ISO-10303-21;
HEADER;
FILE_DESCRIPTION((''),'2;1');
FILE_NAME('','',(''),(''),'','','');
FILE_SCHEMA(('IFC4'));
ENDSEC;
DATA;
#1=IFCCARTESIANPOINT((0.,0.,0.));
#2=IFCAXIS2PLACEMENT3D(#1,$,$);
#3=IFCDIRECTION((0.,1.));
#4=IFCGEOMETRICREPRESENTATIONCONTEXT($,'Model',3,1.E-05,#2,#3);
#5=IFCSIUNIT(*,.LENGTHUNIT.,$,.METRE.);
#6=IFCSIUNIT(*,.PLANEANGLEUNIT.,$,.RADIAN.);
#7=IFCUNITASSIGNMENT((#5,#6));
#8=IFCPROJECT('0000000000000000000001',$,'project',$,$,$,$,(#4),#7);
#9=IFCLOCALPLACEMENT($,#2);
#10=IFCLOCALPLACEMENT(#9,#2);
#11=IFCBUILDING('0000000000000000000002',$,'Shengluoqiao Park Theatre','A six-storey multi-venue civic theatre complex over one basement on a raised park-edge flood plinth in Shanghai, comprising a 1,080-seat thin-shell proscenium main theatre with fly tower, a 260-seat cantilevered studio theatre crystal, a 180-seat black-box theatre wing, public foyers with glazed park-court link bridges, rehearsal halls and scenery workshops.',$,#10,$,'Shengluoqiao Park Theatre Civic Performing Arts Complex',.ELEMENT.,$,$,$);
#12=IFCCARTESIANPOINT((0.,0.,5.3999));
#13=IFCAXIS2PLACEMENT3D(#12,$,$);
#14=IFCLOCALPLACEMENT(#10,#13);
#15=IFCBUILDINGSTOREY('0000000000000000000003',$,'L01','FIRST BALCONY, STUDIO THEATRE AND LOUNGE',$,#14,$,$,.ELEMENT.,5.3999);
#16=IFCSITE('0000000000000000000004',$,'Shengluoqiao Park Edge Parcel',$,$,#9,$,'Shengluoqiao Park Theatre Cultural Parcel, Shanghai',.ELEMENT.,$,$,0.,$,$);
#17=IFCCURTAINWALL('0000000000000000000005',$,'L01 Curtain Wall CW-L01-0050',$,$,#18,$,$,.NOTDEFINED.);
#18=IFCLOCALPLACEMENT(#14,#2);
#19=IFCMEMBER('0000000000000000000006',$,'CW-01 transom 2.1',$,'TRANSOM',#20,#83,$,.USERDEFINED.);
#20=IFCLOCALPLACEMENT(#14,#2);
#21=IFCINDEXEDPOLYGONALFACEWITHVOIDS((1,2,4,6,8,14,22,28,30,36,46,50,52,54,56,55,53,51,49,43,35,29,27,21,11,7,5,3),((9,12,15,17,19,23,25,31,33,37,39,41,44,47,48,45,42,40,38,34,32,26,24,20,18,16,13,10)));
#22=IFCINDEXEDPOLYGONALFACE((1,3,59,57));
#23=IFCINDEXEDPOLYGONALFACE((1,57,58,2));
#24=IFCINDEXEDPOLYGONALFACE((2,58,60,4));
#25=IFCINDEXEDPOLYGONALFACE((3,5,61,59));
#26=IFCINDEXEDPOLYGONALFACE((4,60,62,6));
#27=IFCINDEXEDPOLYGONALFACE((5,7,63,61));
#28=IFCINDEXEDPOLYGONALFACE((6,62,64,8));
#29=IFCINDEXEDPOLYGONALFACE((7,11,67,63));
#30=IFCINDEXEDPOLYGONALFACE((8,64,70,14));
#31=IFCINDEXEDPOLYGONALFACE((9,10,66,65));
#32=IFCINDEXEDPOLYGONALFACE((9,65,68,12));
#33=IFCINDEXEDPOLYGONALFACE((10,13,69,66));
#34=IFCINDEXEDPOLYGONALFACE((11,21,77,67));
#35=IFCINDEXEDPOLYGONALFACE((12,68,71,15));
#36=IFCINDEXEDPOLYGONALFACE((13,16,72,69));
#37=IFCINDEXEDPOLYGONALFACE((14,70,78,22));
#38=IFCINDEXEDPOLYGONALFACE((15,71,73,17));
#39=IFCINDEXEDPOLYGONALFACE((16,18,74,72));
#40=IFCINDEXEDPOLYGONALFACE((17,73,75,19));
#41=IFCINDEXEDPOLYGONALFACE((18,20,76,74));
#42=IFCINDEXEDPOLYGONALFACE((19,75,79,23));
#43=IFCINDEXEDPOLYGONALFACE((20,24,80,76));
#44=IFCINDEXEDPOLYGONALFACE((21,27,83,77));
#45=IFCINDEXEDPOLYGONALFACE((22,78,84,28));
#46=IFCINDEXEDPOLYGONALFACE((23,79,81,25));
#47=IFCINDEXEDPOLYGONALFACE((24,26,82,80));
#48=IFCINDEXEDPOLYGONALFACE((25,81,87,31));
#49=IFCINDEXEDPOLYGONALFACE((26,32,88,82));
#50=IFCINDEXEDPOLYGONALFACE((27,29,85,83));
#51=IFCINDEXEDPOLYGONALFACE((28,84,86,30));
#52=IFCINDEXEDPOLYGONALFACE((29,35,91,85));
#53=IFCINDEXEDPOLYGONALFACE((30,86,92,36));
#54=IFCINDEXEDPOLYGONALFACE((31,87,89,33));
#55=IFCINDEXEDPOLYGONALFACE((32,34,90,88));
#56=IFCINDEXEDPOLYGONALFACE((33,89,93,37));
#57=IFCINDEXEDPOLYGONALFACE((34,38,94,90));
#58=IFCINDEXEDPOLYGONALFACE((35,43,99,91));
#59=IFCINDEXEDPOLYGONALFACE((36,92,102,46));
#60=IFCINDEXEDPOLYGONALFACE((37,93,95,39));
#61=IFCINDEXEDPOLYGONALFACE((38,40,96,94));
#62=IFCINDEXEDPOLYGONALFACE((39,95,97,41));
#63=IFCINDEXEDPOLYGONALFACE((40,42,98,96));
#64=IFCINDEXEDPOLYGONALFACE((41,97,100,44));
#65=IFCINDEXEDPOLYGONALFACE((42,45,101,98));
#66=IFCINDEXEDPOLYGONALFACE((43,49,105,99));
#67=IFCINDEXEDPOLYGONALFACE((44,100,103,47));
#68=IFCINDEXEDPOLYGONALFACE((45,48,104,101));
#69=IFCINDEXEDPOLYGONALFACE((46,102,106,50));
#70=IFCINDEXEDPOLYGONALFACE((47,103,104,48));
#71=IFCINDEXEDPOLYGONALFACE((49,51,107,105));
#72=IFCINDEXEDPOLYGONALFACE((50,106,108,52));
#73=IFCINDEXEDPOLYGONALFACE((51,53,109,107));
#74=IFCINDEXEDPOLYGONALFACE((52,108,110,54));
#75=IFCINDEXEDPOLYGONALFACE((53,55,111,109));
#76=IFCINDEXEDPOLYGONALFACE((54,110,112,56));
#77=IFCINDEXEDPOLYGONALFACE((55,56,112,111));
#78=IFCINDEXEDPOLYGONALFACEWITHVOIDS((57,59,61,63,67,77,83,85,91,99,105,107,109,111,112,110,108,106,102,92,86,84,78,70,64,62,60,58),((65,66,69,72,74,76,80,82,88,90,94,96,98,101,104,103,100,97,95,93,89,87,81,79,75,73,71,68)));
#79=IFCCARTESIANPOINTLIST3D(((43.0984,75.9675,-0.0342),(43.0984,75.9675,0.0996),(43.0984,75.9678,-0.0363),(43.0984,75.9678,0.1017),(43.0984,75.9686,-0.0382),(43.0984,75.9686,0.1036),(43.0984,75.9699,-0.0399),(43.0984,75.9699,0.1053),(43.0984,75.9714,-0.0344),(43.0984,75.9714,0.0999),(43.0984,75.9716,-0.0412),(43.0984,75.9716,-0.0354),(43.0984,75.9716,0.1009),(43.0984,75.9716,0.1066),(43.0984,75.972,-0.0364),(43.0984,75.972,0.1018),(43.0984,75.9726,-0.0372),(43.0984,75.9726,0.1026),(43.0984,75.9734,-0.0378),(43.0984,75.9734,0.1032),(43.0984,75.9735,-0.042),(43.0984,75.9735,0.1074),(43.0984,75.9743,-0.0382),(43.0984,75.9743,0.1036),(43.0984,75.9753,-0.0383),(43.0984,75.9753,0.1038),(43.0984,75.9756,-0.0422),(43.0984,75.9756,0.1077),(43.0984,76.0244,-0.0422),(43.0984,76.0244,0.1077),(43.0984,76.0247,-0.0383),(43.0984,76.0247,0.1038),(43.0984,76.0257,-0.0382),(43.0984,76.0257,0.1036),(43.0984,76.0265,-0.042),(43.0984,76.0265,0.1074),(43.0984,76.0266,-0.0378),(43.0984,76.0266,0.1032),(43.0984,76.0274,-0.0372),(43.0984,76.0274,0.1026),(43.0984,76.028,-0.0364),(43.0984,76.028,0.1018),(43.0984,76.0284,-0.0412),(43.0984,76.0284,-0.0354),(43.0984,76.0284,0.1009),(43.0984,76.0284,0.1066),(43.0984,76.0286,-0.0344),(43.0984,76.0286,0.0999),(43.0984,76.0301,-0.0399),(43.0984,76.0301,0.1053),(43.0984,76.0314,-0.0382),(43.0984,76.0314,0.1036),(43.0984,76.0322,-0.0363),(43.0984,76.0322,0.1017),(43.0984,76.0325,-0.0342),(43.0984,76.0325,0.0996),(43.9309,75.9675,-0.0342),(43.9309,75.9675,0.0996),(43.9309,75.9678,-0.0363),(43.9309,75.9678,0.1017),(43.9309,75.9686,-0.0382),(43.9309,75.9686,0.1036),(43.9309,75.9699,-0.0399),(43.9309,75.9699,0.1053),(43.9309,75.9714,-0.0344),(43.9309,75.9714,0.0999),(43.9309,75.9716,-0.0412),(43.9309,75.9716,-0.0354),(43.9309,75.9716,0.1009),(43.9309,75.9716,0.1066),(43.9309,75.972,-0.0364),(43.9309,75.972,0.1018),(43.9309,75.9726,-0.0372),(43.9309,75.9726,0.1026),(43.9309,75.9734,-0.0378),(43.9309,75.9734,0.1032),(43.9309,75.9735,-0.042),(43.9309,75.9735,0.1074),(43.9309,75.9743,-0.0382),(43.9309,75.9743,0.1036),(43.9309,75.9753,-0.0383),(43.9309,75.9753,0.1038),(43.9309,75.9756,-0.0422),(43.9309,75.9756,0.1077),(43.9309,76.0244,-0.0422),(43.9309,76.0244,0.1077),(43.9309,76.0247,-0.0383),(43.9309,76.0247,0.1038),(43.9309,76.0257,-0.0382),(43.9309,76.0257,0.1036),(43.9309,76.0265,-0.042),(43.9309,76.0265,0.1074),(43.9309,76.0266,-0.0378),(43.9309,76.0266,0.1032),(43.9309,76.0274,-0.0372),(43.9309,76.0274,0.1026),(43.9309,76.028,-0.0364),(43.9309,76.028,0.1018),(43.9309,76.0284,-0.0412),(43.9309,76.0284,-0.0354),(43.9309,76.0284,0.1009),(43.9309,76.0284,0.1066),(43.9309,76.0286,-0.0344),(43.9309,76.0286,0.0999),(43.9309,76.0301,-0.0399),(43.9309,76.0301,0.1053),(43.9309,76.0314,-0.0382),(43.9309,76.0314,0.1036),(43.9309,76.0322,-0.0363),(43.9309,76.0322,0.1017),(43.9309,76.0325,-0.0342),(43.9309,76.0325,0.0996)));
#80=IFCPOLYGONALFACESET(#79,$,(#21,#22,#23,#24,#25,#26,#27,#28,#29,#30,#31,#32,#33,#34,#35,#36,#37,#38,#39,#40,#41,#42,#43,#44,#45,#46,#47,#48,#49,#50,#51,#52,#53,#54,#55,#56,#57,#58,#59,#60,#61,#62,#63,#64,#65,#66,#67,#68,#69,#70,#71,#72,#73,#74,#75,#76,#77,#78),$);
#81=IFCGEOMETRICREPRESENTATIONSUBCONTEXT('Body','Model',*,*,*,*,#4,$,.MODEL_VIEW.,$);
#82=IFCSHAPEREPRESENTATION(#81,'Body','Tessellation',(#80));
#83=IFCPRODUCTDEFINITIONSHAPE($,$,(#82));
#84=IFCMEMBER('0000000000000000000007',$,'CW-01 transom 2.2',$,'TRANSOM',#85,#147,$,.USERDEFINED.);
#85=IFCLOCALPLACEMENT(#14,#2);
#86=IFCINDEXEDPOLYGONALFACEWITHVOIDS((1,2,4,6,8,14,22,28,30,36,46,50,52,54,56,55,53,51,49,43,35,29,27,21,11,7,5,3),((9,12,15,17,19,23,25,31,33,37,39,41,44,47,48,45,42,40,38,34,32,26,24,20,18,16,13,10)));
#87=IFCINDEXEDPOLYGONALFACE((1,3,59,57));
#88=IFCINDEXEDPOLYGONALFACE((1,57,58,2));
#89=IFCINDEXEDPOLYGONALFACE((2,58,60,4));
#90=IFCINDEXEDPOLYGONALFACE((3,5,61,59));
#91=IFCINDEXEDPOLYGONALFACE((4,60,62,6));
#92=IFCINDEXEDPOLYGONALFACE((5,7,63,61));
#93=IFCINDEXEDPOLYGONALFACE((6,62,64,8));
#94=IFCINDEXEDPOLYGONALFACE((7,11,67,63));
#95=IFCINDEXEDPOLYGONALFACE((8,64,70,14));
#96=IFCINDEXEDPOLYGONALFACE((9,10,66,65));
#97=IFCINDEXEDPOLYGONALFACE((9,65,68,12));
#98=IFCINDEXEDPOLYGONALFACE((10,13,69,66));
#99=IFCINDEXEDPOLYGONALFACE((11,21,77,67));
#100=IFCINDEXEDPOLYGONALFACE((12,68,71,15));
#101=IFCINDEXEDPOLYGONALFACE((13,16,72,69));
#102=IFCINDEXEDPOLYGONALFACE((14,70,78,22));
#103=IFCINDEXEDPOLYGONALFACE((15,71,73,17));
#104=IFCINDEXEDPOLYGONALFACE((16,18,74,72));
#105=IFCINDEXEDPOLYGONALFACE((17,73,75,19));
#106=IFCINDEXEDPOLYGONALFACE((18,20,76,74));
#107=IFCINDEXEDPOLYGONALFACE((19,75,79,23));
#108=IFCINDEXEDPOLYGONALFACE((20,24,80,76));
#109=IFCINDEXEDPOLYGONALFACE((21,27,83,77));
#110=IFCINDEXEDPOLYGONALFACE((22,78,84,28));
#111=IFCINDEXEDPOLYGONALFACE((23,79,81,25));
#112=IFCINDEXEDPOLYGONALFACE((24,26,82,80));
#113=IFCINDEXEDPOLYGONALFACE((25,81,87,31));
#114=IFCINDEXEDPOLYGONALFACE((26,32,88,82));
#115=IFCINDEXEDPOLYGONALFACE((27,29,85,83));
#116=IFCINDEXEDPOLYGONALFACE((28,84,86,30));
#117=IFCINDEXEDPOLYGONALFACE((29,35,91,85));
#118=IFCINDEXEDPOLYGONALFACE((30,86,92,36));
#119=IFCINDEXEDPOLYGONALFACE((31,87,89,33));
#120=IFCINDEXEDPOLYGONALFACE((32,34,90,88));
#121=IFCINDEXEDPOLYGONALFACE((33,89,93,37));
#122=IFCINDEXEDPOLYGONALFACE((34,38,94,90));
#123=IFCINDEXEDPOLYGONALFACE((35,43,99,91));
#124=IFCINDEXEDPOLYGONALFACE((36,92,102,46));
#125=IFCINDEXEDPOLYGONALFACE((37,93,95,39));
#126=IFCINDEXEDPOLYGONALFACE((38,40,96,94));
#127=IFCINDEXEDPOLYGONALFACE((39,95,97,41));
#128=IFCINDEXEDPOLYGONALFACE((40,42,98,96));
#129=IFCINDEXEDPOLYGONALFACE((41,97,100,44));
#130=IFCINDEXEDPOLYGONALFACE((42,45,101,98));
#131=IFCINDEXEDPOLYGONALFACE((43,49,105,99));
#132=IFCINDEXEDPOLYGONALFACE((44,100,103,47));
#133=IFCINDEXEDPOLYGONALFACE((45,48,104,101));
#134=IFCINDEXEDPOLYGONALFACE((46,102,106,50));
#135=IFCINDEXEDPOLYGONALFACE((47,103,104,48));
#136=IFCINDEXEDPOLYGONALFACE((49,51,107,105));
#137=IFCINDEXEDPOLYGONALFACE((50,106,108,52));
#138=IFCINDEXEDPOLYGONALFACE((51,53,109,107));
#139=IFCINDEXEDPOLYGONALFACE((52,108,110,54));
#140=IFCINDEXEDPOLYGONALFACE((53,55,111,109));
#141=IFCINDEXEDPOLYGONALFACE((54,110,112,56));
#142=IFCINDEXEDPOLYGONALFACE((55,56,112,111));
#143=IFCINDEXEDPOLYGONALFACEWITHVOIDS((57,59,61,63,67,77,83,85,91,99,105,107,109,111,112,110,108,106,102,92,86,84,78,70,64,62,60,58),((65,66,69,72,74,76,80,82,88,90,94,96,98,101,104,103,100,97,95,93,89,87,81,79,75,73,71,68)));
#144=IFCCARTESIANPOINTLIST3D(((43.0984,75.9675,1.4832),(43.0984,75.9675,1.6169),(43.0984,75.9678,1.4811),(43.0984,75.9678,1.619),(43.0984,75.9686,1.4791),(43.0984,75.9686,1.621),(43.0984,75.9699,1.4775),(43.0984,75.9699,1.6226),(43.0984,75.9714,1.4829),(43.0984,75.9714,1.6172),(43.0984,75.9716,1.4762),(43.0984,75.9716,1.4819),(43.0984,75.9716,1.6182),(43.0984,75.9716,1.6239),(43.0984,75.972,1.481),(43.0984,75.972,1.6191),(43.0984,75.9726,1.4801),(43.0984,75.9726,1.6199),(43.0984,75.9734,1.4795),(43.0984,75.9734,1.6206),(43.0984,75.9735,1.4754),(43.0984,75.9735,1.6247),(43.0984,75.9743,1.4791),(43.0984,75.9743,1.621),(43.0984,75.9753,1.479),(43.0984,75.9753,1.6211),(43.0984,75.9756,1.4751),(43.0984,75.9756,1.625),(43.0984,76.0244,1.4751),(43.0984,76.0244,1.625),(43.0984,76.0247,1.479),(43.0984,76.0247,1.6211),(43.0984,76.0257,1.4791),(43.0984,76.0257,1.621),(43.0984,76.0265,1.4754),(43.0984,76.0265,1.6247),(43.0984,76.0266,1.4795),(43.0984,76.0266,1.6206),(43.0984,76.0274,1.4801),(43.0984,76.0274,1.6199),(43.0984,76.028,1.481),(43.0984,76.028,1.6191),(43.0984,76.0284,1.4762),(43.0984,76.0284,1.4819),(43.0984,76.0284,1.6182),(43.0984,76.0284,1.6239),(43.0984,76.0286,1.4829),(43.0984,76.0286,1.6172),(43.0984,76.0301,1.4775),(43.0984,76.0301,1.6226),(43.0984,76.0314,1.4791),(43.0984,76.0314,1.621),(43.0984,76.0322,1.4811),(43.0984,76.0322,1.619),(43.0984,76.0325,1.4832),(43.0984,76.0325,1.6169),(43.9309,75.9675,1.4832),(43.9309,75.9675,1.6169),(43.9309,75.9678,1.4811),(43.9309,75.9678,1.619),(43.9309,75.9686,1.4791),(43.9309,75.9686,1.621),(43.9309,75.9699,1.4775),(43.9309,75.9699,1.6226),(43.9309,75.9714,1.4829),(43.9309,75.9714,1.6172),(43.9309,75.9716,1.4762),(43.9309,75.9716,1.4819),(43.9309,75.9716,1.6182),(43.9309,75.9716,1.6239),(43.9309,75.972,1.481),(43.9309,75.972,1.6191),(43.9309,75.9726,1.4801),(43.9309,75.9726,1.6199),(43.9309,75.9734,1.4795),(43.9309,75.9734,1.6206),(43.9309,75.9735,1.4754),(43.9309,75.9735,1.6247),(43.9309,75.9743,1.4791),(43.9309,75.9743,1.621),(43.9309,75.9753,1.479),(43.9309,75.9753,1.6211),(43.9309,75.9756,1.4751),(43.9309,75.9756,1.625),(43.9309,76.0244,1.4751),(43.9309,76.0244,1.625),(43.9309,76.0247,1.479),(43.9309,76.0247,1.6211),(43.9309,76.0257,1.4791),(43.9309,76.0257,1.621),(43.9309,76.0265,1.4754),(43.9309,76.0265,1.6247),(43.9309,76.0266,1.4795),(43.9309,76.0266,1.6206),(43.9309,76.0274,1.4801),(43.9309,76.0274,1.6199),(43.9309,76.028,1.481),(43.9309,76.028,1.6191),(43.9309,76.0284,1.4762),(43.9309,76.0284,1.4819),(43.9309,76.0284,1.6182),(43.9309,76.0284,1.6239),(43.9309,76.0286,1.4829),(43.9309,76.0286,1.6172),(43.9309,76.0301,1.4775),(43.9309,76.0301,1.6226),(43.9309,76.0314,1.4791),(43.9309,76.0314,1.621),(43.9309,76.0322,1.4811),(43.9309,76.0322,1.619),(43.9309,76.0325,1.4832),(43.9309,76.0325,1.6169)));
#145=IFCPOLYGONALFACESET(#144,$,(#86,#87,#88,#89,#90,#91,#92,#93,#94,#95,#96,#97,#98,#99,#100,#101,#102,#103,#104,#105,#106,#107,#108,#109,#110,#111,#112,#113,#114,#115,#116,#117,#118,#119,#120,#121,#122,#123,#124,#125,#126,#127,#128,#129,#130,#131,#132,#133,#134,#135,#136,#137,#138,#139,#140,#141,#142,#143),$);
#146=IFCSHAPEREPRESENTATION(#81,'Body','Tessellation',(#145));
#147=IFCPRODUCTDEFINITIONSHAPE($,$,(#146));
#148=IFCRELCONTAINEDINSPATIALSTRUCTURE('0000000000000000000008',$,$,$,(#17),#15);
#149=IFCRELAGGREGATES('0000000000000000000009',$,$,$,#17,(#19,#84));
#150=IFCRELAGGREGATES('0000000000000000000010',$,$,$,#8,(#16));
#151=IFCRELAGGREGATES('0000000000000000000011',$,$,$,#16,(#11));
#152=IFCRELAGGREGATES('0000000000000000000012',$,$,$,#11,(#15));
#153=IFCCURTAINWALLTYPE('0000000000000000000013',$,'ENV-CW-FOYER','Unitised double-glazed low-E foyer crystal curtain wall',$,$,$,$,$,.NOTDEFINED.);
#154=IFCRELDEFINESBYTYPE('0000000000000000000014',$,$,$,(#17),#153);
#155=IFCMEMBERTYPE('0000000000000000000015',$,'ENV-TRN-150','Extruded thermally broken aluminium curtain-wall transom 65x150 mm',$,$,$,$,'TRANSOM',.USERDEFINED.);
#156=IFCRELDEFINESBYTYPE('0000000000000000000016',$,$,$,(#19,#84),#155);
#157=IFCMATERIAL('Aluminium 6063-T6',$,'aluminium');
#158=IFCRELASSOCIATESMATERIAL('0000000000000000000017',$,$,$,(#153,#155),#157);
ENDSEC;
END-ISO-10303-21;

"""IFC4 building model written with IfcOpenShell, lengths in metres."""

from ifc_helpers import new_model, si_unit, direction, frame, origin, origin_2d, place, context, subcontext, project, spatial, hollow_rectangle, extrude, material, material_profile, profile_set, type_object, element, aggregate, save


model = new_model("IFC4")

# Units and contexts
model_context = context("Model", 3, precision=1e-05, world=origin(), true_north=direction((0.0, 1.0)))
body_context = subcontext(model_context, "Body", "Model", "MODEL_VIEW")
ifc_project = project(units=[si_unit("LENGTHUNIT", "METRE"), si_unit("PLANEANGLEUNIT", "RADIAN")], contexts=[model_context])

# Site, building, storey
site_placement = place(None, origin())
site = spatial("IfcSite", under=ifc_project, at=site_placement, Name="Shengluoqiao Park Edge Parcel", LongName="Shengluoqiao Park Theatre Cultural Parcel, Shanghai", CompositionType="ELEMENT", RefElevation=0.0)
building_placement = place(site_placement, origin())
building = spatial("IfcBuilding", under=site, at=building_placement, Name="Shengluoqiao Park Theatre", Description="A six-storey multi-venue civic theatre complex over one basement on a raised park-edge flood plinth in Shanghai, comprising a 1,080-seat thin-shell proscenium main theatre with fly tower, a 260-seat cantilevered studio theatre crystal, a 180-seat black-box theatre wing, public foyers with glazed park-court link bridges, rehearsal halls and scenery workshops.", LongName="Shengluoqiao Park Theatre Civic Performing Arts Complex", CompositionType="ELEMENT")
storey_placement = place(building_placement, frame((0.0, 0.0, 5.3999)))
storey = spatial("IfcBuildingStorey", under=building, at=storey_placement, Name="L01", Description="FIRST BALCONY, STUDIO THEATRE AND LOUNGE", CompositionType="ELEMENT", Elevation=5.3999)

# Shared definitions
ifc_material_1 = material(Name="Aluminium 6063-T6", Category="aluminium")
curtain_wall_type = type_object("IfcCurtainWallType", Name="ENV-CW-FOYER", Description="Unitised double-glazed low-E foyer crystal curtain wall", PredefinedType="NOTDEFINED", material=ifc_material_1)

# Curtain wall
curtain_wall_1_placement = place(storey_placement, origin())
curtain_wall_1 = element("IfcCurtainWall", 1, at=curtain_wall_1_placement, inside=storey, type_object=curtain_wall_type, Name="L01 Curtain Wall CW-L01-0050", PredefinedType="NOTDEFINED")

# Members
ifc_material_profile_1 = material_profile(ifc_material_1, hollow_rectangle(XDim=0.0649, YDim=0.1499, WallThickness=0.0039, InnerFilletRadius=0.0039, OuterFilletRadius=0.0081, at=origin_2d()), Name="ALU TRANSOM 150x65x4")
ifc_profile_set_1 = profile_set([ifc_material_profile_1], Name="Aluminium 6063-T6")
member_type_1 = type_object("IfcMemberType", Name="ENV-TRN-150", Description="Extruded thermally broken aluminium curtain-wall transom 65x150 mm", ElementType="TRANSOM", PredefinedType="USERDEFINED", material=ifc_profile_set_1)
member_1_placement = place(storey_placement, frame((43.0984, 76.0, 0.0327), z_axis=(1.0, 0.0, 0.0), x_axis=(0.0, 1.0, 0.0)))
member_1 = element("IfcMember", 2, at=member_1_placement, type_object=member_type_1, Name="CW-01 transom 2.1", ObjectType="TRANSOM", PredefinedType="USERDEFINED", context=body_context, shape_type="SweptSolid", body=[
    extrude(hollow_rectangle(XDim=0.0649, YDim=0.1499, WallThickness=0.0039, InnerFilletRadius=0.0039, OuterFilletRadius=0.0081, at=origin_2d()), origin(), (0.0, 0.0, 1.0), 0.8325),
])
member_2_placement = place(storey_placement, frame((43.0984, 76.0, 1.55), z_axis=(1.0, 0.0, 0.0), x_axis=(0.0, 1.0, 0.0)))
member_2 = element("IfcMember", 3, at=member_2_placement, type_object=member_type_1, Name="CW-01 transom 2.2", ObjectType="TRANSOM", PredefinedType="USERDEFINED", context=body_context, shape_type="SweptSolid", body=[
    extrude(hollow_rectangle(XDim=0.0649, YDim=0.1499, WallThickness=0.0039, InnerFilletRadius=0.0039, OuterFilletRadius=0.0081, at=origin_2d()), origin(), (0.0, 0.0, 1.0), 0.8325),
])

aggregate(curtain_wall_1, [member_1, member_2])

save(model, "model.ifc")
